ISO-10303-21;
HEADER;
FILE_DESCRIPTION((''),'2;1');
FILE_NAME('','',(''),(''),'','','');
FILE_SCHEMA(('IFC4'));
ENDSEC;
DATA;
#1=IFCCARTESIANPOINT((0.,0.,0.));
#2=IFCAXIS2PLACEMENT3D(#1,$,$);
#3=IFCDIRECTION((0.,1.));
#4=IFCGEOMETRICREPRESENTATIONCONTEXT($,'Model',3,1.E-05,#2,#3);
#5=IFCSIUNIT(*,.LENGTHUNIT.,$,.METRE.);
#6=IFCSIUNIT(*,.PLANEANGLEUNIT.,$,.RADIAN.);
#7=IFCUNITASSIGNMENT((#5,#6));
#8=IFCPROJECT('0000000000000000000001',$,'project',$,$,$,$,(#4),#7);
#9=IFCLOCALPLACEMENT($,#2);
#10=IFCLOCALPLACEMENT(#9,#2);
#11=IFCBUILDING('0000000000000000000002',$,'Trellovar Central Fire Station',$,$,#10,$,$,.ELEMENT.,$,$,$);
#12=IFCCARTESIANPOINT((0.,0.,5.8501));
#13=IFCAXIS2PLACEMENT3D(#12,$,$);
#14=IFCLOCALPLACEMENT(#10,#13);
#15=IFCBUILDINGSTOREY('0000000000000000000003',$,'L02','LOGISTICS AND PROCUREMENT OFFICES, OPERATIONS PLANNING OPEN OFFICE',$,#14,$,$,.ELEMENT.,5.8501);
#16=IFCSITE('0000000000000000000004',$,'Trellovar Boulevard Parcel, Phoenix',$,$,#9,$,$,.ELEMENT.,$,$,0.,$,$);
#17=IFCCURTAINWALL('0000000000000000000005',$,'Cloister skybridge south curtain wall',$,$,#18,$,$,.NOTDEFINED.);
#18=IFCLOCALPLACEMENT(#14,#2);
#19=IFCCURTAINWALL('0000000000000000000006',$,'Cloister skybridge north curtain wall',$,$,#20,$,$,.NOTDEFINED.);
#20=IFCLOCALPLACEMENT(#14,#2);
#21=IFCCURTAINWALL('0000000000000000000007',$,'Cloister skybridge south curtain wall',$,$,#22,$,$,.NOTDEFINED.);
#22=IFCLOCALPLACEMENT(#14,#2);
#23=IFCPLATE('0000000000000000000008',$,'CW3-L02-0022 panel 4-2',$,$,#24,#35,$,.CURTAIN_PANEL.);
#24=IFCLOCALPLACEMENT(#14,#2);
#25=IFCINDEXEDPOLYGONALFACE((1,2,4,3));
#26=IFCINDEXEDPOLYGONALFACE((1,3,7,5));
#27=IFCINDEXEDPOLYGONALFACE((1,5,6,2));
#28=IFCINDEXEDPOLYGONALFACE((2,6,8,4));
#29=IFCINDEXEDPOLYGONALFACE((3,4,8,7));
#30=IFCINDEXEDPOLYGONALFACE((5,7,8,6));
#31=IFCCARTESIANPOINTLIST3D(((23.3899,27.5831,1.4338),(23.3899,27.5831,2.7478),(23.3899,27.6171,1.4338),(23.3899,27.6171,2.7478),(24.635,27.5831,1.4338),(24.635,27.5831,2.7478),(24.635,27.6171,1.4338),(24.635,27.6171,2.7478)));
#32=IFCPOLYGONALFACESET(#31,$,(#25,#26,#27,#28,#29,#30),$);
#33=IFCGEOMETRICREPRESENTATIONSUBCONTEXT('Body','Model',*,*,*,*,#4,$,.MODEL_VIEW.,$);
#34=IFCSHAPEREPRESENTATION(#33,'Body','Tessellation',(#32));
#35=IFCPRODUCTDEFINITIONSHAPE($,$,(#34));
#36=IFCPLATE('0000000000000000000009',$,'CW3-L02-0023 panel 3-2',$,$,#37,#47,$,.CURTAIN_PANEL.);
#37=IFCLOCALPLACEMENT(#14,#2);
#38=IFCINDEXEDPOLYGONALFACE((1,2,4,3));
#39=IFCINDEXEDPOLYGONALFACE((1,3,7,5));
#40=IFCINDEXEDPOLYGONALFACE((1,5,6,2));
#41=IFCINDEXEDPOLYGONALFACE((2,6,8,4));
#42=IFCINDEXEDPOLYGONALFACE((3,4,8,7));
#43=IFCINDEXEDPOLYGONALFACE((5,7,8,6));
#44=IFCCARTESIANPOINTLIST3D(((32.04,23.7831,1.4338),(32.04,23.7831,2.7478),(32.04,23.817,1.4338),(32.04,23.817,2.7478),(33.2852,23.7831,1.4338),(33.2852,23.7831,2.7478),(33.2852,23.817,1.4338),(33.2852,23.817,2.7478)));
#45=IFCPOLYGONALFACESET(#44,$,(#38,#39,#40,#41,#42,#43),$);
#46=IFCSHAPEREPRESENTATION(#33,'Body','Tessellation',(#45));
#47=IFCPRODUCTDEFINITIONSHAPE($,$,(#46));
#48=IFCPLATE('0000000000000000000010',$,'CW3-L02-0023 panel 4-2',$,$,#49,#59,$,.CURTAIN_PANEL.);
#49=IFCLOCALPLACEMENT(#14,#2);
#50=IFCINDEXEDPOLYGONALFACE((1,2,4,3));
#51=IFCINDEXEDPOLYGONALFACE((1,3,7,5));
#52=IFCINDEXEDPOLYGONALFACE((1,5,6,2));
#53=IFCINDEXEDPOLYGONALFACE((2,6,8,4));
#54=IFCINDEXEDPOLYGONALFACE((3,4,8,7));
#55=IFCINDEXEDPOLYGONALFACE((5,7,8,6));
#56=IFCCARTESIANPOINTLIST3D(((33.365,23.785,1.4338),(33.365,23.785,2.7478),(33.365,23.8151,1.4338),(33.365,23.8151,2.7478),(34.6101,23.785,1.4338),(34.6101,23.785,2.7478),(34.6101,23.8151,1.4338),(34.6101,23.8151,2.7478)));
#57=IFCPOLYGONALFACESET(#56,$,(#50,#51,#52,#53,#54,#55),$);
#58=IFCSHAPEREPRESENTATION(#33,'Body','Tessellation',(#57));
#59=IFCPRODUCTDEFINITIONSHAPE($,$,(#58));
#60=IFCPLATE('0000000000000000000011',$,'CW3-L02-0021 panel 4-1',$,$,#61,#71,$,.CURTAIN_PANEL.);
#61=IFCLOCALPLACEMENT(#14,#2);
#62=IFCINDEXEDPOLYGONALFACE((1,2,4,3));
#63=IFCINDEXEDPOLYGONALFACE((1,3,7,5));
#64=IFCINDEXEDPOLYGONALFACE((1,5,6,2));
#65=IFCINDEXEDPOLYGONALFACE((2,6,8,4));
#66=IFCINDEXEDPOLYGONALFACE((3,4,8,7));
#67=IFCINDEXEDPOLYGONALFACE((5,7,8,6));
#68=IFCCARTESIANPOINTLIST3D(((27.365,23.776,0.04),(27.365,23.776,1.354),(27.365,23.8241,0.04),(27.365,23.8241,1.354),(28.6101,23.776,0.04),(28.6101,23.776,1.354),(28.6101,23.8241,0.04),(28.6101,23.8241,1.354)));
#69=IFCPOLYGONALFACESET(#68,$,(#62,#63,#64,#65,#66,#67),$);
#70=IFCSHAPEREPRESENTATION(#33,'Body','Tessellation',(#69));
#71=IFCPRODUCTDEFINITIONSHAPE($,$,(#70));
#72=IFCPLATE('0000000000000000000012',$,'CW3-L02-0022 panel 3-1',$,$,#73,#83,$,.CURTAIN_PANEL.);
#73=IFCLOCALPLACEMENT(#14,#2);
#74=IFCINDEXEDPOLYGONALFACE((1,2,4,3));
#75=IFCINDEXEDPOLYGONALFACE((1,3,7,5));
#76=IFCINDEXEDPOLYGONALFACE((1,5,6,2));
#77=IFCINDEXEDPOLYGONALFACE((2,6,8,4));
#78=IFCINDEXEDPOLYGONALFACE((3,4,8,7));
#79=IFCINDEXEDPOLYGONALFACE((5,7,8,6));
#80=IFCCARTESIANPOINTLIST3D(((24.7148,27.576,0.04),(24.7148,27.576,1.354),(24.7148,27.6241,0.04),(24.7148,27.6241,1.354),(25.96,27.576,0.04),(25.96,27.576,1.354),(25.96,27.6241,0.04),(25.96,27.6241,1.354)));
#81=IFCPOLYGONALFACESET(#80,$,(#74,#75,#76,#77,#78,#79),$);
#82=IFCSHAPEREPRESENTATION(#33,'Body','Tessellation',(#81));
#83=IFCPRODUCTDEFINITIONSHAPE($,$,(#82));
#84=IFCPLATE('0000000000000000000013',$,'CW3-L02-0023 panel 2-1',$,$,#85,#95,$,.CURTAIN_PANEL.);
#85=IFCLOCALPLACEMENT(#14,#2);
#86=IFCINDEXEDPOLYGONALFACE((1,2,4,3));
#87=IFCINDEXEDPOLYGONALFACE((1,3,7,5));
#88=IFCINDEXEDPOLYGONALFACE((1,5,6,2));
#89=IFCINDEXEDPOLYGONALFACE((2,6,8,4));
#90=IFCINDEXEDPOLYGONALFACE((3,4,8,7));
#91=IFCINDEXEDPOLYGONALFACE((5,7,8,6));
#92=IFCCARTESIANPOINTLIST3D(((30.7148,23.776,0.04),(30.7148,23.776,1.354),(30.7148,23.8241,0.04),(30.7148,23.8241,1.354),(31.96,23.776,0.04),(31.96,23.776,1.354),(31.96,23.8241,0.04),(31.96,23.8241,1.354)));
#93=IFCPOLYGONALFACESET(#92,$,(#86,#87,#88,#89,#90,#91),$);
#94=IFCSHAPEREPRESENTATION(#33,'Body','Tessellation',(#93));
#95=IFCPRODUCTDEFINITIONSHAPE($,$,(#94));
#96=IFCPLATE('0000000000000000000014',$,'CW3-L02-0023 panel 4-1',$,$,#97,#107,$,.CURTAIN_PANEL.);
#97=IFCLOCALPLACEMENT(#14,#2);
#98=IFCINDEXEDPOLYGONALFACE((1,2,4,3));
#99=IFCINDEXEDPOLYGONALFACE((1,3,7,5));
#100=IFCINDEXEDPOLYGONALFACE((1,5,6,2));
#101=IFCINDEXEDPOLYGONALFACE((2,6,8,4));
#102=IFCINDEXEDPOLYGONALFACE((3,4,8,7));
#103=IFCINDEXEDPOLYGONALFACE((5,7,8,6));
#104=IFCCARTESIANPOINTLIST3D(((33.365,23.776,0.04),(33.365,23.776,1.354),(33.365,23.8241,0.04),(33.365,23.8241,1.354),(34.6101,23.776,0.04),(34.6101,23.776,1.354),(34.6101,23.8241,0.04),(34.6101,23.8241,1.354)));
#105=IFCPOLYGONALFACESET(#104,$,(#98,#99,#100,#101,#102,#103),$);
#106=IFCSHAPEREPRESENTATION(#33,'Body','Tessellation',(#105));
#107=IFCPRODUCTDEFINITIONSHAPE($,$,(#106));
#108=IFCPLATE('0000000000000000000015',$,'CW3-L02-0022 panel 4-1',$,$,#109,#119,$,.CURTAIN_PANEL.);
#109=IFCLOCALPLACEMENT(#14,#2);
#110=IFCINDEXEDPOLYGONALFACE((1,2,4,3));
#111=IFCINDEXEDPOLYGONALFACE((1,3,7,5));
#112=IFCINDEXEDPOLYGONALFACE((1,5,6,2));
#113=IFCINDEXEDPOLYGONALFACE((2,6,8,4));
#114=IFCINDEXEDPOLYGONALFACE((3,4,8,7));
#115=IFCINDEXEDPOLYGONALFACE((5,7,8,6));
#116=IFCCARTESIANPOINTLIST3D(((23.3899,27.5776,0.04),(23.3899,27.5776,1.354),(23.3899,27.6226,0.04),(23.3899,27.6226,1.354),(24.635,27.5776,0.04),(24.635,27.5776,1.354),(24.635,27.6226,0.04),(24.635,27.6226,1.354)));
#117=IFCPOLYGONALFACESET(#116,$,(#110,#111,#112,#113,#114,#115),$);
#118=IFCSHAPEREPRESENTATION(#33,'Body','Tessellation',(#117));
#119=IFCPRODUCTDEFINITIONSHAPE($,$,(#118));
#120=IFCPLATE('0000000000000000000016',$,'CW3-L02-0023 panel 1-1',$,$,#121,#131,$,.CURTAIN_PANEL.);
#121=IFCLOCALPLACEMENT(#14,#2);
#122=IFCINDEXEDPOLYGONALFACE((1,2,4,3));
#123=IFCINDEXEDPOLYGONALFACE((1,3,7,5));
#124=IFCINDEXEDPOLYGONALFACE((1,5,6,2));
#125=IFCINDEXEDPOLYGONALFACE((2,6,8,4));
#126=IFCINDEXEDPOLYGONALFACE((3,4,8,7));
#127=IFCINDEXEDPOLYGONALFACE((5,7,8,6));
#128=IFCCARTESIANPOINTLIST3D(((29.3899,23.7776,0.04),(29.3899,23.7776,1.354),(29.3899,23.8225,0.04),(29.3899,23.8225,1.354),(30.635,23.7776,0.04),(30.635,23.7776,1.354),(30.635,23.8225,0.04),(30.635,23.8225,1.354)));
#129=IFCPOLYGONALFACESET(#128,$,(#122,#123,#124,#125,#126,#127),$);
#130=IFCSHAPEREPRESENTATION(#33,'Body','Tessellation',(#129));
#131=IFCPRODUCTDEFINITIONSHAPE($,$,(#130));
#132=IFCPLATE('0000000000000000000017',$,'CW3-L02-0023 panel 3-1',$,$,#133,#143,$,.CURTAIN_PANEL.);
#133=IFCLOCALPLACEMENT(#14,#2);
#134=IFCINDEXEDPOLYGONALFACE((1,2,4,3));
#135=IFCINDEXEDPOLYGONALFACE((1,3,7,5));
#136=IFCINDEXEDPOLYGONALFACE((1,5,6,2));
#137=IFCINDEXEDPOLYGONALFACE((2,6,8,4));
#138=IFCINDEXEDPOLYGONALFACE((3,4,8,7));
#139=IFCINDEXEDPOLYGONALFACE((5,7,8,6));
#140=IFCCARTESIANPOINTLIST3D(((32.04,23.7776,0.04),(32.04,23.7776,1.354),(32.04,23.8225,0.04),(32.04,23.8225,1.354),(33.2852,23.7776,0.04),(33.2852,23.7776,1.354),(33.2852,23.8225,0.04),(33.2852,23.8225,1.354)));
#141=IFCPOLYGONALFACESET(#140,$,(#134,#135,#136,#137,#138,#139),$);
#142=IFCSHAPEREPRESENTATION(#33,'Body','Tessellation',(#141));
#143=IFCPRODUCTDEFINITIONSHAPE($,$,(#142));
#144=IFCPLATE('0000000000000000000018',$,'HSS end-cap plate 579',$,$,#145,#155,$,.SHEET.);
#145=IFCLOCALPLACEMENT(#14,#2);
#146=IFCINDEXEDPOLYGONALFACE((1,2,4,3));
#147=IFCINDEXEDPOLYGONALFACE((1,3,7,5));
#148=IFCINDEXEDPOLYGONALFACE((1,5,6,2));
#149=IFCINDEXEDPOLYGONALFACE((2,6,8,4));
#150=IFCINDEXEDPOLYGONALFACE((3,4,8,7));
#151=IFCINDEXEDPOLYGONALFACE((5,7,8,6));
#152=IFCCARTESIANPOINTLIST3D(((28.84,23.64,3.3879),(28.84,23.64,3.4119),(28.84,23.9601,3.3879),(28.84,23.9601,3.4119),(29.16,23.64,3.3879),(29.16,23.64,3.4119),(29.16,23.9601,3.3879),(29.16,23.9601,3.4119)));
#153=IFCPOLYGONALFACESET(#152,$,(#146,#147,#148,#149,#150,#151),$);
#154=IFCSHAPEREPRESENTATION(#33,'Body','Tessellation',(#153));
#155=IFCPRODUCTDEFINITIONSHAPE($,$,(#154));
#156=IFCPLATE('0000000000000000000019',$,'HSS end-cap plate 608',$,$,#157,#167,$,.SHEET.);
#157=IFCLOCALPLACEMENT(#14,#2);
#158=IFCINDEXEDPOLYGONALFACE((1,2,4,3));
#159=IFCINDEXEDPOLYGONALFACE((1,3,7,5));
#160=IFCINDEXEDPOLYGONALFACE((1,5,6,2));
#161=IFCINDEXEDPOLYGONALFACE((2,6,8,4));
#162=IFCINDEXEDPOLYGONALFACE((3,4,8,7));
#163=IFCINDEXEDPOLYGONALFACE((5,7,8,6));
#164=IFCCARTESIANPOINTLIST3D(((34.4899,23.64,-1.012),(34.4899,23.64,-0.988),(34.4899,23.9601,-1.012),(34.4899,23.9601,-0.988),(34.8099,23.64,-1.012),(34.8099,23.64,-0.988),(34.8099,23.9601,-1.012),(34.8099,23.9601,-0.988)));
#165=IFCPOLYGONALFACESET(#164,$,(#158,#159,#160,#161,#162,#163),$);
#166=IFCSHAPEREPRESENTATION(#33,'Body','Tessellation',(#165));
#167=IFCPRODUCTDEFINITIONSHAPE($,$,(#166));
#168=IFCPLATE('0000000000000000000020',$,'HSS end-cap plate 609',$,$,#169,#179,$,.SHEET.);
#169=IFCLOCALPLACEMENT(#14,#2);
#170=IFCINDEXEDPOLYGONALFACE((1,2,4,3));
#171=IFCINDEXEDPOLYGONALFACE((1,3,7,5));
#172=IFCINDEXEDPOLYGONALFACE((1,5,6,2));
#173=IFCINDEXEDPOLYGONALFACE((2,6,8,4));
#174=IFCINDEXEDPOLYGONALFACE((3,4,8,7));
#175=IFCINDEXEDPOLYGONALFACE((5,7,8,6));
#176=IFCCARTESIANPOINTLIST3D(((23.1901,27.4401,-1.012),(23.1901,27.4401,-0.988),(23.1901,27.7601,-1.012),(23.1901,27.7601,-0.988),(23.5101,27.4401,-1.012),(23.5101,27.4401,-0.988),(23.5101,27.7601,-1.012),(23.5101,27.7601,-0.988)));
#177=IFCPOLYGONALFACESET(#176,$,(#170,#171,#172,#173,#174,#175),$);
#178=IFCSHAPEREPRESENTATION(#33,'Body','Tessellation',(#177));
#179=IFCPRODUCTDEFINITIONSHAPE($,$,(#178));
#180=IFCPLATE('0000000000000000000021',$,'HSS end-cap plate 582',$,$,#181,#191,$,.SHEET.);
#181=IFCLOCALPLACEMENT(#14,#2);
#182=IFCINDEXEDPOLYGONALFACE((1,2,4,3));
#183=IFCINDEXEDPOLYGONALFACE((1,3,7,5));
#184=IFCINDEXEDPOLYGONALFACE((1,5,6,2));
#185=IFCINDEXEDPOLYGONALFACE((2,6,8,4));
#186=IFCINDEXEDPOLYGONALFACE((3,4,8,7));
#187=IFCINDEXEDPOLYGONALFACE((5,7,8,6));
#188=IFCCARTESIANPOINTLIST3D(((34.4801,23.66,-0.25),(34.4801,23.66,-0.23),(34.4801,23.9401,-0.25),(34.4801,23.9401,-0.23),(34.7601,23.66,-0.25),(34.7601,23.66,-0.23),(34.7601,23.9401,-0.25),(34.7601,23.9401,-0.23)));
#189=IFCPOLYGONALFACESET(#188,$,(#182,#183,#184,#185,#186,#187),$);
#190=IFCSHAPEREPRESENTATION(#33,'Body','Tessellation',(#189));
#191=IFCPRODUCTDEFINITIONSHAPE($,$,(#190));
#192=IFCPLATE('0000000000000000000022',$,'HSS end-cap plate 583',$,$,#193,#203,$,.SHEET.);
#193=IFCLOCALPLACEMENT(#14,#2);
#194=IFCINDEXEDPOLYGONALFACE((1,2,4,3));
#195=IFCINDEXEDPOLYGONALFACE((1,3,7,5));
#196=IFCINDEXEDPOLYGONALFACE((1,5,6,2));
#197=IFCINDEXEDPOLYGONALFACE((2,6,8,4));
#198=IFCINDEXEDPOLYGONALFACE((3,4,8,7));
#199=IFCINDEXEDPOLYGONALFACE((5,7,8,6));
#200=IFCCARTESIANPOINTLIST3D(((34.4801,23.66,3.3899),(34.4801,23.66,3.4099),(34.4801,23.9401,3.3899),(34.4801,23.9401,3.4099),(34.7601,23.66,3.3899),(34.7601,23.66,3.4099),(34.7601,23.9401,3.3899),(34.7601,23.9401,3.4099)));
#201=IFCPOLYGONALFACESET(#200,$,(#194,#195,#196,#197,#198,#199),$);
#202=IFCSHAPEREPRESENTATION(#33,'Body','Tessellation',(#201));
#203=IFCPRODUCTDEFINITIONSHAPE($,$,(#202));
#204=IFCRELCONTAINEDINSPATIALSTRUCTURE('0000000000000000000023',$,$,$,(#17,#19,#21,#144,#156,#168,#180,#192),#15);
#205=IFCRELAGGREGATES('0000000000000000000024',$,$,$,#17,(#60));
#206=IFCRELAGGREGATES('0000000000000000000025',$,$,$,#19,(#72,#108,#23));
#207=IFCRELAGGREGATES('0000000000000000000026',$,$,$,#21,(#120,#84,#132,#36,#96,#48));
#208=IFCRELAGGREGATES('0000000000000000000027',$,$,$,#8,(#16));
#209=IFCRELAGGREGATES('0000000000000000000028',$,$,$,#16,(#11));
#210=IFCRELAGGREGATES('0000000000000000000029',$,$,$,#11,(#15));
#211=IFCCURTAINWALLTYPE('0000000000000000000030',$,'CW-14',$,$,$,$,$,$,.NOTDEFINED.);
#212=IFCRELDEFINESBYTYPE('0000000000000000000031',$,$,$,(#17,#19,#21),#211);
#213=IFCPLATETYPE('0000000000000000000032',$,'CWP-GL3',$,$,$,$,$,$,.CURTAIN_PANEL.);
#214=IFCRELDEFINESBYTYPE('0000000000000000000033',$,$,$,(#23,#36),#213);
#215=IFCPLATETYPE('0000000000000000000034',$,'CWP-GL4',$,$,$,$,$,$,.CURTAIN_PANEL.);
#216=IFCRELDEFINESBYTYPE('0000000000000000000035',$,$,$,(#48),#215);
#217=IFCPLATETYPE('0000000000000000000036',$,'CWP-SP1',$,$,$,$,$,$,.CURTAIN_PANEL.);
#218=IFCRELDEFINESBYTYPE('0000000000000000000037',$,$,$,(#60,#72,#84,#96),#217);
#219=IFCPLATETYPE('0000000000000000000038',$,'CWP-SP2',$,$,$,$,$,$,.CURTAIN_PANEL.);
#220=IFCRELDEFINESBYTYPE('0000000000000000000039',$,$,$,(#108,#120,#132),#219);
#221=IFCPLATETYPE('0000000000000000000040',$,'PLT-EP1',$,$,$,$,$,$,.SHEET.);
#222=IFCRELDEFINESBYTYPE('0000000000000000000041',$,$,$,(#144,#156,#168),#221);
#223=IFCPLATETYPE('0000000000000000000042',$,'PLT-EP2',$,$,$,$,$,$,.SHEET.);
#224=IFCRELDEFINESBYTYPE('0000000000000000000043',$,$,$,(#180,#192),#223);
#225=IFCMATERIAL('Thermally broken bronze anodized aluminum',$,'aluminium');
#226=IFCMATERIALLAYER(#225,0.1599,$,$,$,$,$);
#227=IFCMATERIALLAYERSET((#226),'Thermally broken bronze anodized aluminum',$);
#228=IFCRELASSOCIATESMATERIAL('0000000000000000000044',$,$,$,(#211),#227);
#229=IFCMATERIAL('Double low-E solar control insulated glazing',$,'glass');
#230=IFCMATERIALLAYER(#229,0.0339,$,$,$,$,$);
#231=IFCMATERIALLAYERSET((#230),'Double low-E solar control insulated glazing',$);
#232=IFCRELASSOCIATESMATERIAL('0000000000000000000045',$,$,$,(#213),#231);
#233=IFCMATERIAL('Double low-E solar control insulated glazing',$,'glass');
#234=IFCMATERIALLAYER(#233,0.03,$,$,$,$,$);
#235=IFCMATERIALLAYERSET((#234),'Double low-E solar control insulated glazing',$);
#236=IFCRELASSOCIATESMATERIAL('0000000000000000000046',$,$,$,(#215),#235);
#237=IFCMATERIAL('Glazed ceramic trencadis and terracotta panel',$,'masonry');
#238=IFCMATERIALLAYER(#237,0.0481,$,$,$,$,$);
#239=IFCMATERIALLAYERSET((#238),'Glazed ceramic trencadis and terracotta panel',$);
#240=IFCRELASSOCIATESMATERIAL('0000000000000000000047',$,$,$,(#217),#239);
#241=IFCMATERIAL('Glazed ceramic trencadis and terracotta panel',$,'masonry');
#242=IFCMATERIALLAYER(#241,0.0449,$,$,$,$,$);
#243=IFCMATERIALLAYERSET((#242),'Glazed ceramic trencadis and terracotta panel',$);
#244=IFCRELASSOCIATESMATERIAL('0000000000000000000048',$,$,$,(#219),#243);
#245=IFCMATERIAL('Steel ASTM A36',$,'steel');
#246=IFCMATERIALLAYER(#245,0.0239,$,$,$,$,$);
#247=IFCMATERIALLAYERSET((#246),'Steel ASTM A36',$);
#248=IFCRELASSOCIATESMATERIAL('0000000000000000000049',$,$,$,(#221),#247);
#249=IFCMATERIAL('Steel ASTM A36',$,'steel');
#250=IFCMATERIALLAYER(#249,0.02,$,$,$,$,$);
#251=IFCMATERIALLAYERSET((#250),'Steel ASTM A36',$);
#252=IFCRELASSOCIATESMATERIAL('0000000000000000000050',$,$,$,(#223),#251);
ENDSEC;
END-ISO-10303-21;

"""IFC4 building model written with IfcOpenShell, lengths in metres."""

from ifc_helpers import new_model, si_unit, direction, frame, origin, origin_2d, place, context, subcontext, project, spatial, rectangle, extrude, material, layer, layer_set, type_object, element, aggregate, save


model = new_model("IFC4")

# Units and contexts
model_context = context("Model", 3, precision=1e-05, world=origin(), true_north=direction((0.0, 1.0)))
body_context = subcontext(model_context, "Body", "Model", "MODEL_VIEW")
ifc_project = project(units=[si_unit("LENGTHUNIT", "METRE"), si_unit("PLANEANGLEUNIT", "RADIAN")], contexts=[model_context])

# Site, building, storey
site_placement = place(None, origin())
site = spatial("IfcSite", under=ifc_project, at=site_placement, Name="Trellovar Boulevard Parcel, Phoenix", CompositionType="ELEMENT", RefElevation=0.0)
building_placement = place(site_placement, origin())
building = spatial("IfcBuilding", under=site, at=building_placement, Name="Trellovar Central Fire Station", CompositionType="ELEMENT")
storey_placement = place(building_placement, frame((0.0, 0.0, 5.8501)))
storey = spatial("IfcBuildingStorey", under=building, at=storey_placement, Name="L02", Description="LOGISTICS AND PROCUREMENT OFFICES, OPERATIONS PLANNING OPEN OFFICE", CompositionType="ELEMENT", Elevation=5.8501)

# Curtain wall
ifc_material_1 = material(Name="Thermally broken bronze anodized aluminum", Category="aluminium")
ifc_layer_1 = layer(ifc_material_1, 0.1599)
ifc_layer_set_1 = layer_set([ifc_layer_1], Name="Thermally broken bronze anodized aluminum")
curtain_wall_type = type_object("IfcCurtainWallType", Name="CW-14", PredefinedType="NOTDEFINED", material=ifc_layer_set_1)
curtain_wall_1_placement = place(storey_placement, origin())
curtain_wall_1 = element("IfcCurtainWall", 1, at=curtain_wall_1_placement, inside=storey, type_object=curtain_wall_type, Name="Cloister skybridge south curtain wall", PredefinedType="NOTDEFINED")

# Curtain walls
curtain_wall_2_placement = place(storey_placement, origin())
curtain_wall_2 = element("IfcCurtainWall", 2, at=curtain_wall_2_placement, inside=storey, type_object=curtain_wall_type, Name="Cloister skybridge north curtain wall", PredefinedType="NOTDEFINED")
curtain_wall_3_placement = place(storey_placement, origin())
curtain_wall_3 = element("IfcCurtainWall", 3, at=curtain_wall_3_placement, inside=storey, type_object=curtain_wall_type, Name="Cloister skybridge south curtain wall", PredefinedType="NOTDEFINED")

# Plates
ifc_material_2 = material(Name="Double low-E solar control insulated glazing", Category="glass")
ifc_layer_2 = layer(ifc_material_2, 0.0339)
ifc_layer_set_2 = layer_set([ifc_layer_2], Name="Double low-E solar control insulated glazing")
plate_type_1 = type_object("IfcPlateType", Name="CWP-GL3", PredefinedType="CURTAIN_PANEL", material=ifc_layer_set_2)
plate_1_placement = place(storey_placement, frame((24.0125, 27.6001, 1.4338), z_axis=(0.0, 0.0, 1.0), x_axis=(-1.0, 0.0, 0.0)))
plate_1 = element("IfcPlate", 4, at=plate_1_placement, type_object=plate_type_1, Name="CW3-L02-0022 panel 4-2", PredefinedType="CURTAIN_PANEL", context=body_context, shape_type="SweptSolid", body=[
    extrude(rectangle(XDim=1.2451, YDim=0.0339, at=origin_2d()), origin(), (0.0, 0.0, 1.0), 1.314),
])
plate_2_placement = place(storey_placement, frame((32.6626, 23.8, 1.4338), z_axis=(0.0, 0.0, 1.0), x_axis=(1.0, 0.0, 0.0)))
plate_2 = element("IfcPlate", 5, at=plate_2_placement, type_object=plate_type_1, Name="CW3-L02-0023 panel 3-2", PredefinedType="CURTAIN_PANEL", context=body_context, shape_type="SweptSolid", body=[
    extrude(rectangle(XDim=1.2451, YDim=0.0339, at=origin_2d()), origin(), (0.0, 0.0, 1.0), 1.314),
])
ifc_material_3 = material(Name="Double low-E solar control insulated glazing", Category="glass")
ifc_layer_3 = layer(ifc_material_3, 0.03)
ifc_layer_set_3 = layer_set([ifc_layer_3], Name="Double low-E solar control insulated glazing")
plate_type_2 = type_object("IfcPlateType", Name="CWP-GL4", PredefinedType="CURTAIN_PANEL", material=ifc_layer_set_3)
plate_3_placement = place(storey_placement, frame((33.9875, 23.8, 1.4338), z_axis=(0.0, 0.0, 1.0), x_axis=(1.0, 0.0, 0.0)))
plate_3 = element("IfcPlate", 6, at=plate_3_placement, type_object=plate_type_2, Name="CW3-L02-0023 panel 4-2", PredefinedType="CURTAIN_PANEL", context=body_context, shape_type="SweptSolid", body=[
    extrude(rectangle(XDim=1.2451, YDim=0.03, at=origin_2d()), origin(), (0.0, 0.0, 1.0), 1.314),
])
ifc_material_4 = material(Name="Glazed ceramic trencadis and terracotta panel", Category="masonry")
ifc_layer_4 = layer(ifc_material_4, 0.0481)
ifc_layer_set_4 = layer_set([ifc_layer_4], Name="Glazed ceramic trencadis and terracotta panel")
plate_type_3 = type_object("IfcPlateType", Name="CWP-SP1", PredefinedType="CURTAIN_PANEL", material=ifc_layer_set_4)
plate_4_placement = place(storey_placement, frame((27.9875, 23.8, 0.04), z_axis=(0.0, 0.0, 1.0), x_axis=(1.0, 0.0, 0.0)))
plate_4 = element("IfcPlate", 7, at=plate_4_placement, type_object=plate_type_3, Name="CW3-L02-0021 panel 4-1", PredefinedType="CURTAIN_PANEL", context=body_context, shape_type="SweptSolid", body=[
    extrude(rectangle(XDim=1.2451, YDim=0.0481, at=origin_2d()), origin(), (0.0, 0.0, 1.0), 1.314),
])
aggregate(curtain_wall_1, [plate_4])
plate_5_placement = place(storey_placement, frame((25.3374, 27.6001, 0.04), z_axis=(0.0, 0.0, 1.0), x_axis=(-1.0, 0.0, 0.0)))
plate_5 = element("IfcPlate", 8, at=plate_5_placement, type_object=plate_type_3, Name="CW3-L02-0022 panel 3-1", PredefinedType="CURTAIN_PANEL", context=body_context, shape_type="SweptSolid", body=[
    extrude(rectangle(XDim=1.2451, YDim=0.0481, at=origin_2d()), origin(), (0.0, 0.0, 1.0), 1.314),
])
plate_6_placement = place(storey_placement, frame((31.3374, 23.8, 0.04), z_axis=(0.0, 0.0, 1.0), x_axis=(1.0, 0.0, 0.0)))
plate_6 = element("IfcPlate", 9, at=plate_6_placement, type_object=plate_type_3, Name="CW3-L02-0023 panel 2-1", PredefinedType="CURTAIN_PANEL", context=body_context, shape_type="SweptSolid", body=[
    extrude(rectangle(XDim=1.2451, YDim=0.0481, at=origin_2d()), origin(), (0.0, 0.0, 1.0), 1.314),
])
plate_7_placement = place(storey_placement, frame((33.9875, 23.8, 0.04), z_axis=(0.0, 0.0, 1.0), x_axis=(1.0, 0.0, 0.0)))
plate_7 = element("IfcPlate", 10, at=plate_7_placement, type_object=plate_type_3, Name="CW3-L02-0023 panel 4-1", PredefinedType="CURTAIN_PANEL", context=body_context, shape_type="SweptSolid", body=[
    extrude(rectangle(XDim=1.2451, YDim=0.0481, at=origin_2d()), origin(), (0.0, 0.0, 1.0), 1.314),
])
ifc_material_5 = material(Name="Glazed ceramic trencadis and terracotta panel", Category="masonry")
ifc_layer_5 = layer(ifc_material_5, 0.0449)
ifc_layer_set_5 = layer_set([ifc_layer_5], Name="Glazed ceramic trencadis and terracotta panel")
plate_type_4 = type_object("IfcPlateType", Name="CWP-SP2", PredefinedType="CURTAIN_PANEL", material=ifc_layer_set_5)
plate_8_placement = place(storey_placement, frame((24.0125, 27.6001, 0.04), z_axis=(0.0, 0.0, 1.0), x_axis=(-1.0, 0.0, 0.0)))
plate_8 = element("IfcPlate", 11, at=plate_8_placement, type_object=plate_type_4, Name="CW3-L02-0022 panel 4-1", PredefinedType="CURTAIN_PANEL", context=body_context, shape_type="SweptSolid", body=[
    extrude(rectangle(XDim=1.2451, YDim=0.0449, at=origin_2d()), origin(), (0.0, 0.0, 1.0), 1.314),
])
aggregate(curtain_wall_2, [plate_5, plate_8, plate_1])
plate_9_placement = place(storey_placement, frame((30.0125, 23.8, 0.04), z_axis=(0.0, 0.0, 1.0), x_axis=(1.0, 0.0, 0.0)))
plate_9 = element("IfcPlate", 12, at=plate_9_placement, type_object=plate_type_4, Name="CW3-L02-0023 panel 1-1", PredefinedType="CURTAIN_PANEL", context=body_context, shape_type="SweptSolid", body=[
    extrude(rectangle(XDim=1.2451, YDim=0.0449, at=origin_2d()), origin(), (0.0, 0.0, 1.0), 1.314),
])
plate_10_placement = place(storey_placement, frame((32.6626, 23.8, 0.04), z_axis=(0.0, 0.0, 1.0), x_axis=(1.0, 0.0, 0.0)))
plate_10 = element("IfcPlate", 13, at=plate_10_placement, type_object=plate_type_4, Name="CW3-L02-0023 panel 3-1", PredefinedType="CURTAIN_PANEL", context=body_context, shape_type="SweptSolid", body=[
    extrude(rectangle(XDim=1.2451, YDim=0.0449, at=origin_2d()), origin(), (0.0, 0.0, 1.0), 1.314),
])
aggregate(curtain_wall_3, [plate_9, plate_6, plate_10, plate_2, plate_7, plate_3])

# Plates
ifc_material_6 = material(Name="Steel ASTM A36", Category="steel")
ifc_layer_6 = layer(ifc_material_6, 0.0239)
ifc_layer_set_6 = layer_set([ifc_layer_6], Name="Steel ASTM A36")
plate_type_5 = type_object("IfcPlateType", Name="PLT-EP1", PredefinedType="SHEET", material=ifc_layer_set_6)
for number, where, z_axis, x_axis, name in (
    (14, (29.0, 23.8, 3.3879), (0.0, 0.0, 1.0), (1.0, 0.0, 0.0), "HSS end-cap plate 579"),
    (15, (34.6499, 23.8, -1.012), (0.0, 0.0, 1.0), (1.0, 0.0, 0.0), "HSS end-cap plate 608"),
    (16, (23.3501, 27.6001, -1.012), (0.0, 0.0, 1.0), (1.0, 0.0, 0.0), "HSS end-cap plate 609"),
):
    element("IfcPlate", number, at=place(storey_placement, frame(where, z_axis=z_axis, x_axis=x_axis)), inside=storey, type_object=plate_type_5, Name=name, PredefinedType="SHEET", context=body_context, shape_type="SweptSolid", body=[
        extrude(rectangle(XDim=0.3201, YDim=0.3201, at=origin_2d()), origin(), (0.0, 0.0, 1.0), 0.0239),
    ])
ifc_material_7 = material(Name="Steel ASTM A36", Category="steel")
ifc_layer_7 = layer(ifc_material_7, 0.02)
ifc_layer_set_7 = layer_set([ifc_layer_7], Name="Steel ASTM A36")
plate_type_6 = type_object("IfcPlateType", Name="PLT-EP2", PredefinedType="SHEET", material=ifc_layer_set_7)
for number, where, z_axis, x_axis, name in (
    (17, (34.6201, 23.8, -0.25), (0.0, 0.0, 1.0), (1.0, 0.0, 0.0), "HSS end-cap plate 582"),
    (18, (34.6201, 23.8, 3.3899), (0.0, 0.0, 1.0), (1.0, 0.0, 0.0), "HSS end-cap plate 583"),
):
    element("IfcPlate", number, at=place(storey_placement, frame(where, z_axis=z_axis, x_axis=x_axis)), inside=storey, type_object=plate_type_6, Name=name, PredefinedType="SHEET", context=body_context, shape_type="SweptSolid", body=[
        extrude(rectangle(XDim=0.28, YDim=0.28, at=origin_2d()), origin(), (0.0, 0.0, 1.0), 0.02),
    ])

save(model, "model.ifc")
